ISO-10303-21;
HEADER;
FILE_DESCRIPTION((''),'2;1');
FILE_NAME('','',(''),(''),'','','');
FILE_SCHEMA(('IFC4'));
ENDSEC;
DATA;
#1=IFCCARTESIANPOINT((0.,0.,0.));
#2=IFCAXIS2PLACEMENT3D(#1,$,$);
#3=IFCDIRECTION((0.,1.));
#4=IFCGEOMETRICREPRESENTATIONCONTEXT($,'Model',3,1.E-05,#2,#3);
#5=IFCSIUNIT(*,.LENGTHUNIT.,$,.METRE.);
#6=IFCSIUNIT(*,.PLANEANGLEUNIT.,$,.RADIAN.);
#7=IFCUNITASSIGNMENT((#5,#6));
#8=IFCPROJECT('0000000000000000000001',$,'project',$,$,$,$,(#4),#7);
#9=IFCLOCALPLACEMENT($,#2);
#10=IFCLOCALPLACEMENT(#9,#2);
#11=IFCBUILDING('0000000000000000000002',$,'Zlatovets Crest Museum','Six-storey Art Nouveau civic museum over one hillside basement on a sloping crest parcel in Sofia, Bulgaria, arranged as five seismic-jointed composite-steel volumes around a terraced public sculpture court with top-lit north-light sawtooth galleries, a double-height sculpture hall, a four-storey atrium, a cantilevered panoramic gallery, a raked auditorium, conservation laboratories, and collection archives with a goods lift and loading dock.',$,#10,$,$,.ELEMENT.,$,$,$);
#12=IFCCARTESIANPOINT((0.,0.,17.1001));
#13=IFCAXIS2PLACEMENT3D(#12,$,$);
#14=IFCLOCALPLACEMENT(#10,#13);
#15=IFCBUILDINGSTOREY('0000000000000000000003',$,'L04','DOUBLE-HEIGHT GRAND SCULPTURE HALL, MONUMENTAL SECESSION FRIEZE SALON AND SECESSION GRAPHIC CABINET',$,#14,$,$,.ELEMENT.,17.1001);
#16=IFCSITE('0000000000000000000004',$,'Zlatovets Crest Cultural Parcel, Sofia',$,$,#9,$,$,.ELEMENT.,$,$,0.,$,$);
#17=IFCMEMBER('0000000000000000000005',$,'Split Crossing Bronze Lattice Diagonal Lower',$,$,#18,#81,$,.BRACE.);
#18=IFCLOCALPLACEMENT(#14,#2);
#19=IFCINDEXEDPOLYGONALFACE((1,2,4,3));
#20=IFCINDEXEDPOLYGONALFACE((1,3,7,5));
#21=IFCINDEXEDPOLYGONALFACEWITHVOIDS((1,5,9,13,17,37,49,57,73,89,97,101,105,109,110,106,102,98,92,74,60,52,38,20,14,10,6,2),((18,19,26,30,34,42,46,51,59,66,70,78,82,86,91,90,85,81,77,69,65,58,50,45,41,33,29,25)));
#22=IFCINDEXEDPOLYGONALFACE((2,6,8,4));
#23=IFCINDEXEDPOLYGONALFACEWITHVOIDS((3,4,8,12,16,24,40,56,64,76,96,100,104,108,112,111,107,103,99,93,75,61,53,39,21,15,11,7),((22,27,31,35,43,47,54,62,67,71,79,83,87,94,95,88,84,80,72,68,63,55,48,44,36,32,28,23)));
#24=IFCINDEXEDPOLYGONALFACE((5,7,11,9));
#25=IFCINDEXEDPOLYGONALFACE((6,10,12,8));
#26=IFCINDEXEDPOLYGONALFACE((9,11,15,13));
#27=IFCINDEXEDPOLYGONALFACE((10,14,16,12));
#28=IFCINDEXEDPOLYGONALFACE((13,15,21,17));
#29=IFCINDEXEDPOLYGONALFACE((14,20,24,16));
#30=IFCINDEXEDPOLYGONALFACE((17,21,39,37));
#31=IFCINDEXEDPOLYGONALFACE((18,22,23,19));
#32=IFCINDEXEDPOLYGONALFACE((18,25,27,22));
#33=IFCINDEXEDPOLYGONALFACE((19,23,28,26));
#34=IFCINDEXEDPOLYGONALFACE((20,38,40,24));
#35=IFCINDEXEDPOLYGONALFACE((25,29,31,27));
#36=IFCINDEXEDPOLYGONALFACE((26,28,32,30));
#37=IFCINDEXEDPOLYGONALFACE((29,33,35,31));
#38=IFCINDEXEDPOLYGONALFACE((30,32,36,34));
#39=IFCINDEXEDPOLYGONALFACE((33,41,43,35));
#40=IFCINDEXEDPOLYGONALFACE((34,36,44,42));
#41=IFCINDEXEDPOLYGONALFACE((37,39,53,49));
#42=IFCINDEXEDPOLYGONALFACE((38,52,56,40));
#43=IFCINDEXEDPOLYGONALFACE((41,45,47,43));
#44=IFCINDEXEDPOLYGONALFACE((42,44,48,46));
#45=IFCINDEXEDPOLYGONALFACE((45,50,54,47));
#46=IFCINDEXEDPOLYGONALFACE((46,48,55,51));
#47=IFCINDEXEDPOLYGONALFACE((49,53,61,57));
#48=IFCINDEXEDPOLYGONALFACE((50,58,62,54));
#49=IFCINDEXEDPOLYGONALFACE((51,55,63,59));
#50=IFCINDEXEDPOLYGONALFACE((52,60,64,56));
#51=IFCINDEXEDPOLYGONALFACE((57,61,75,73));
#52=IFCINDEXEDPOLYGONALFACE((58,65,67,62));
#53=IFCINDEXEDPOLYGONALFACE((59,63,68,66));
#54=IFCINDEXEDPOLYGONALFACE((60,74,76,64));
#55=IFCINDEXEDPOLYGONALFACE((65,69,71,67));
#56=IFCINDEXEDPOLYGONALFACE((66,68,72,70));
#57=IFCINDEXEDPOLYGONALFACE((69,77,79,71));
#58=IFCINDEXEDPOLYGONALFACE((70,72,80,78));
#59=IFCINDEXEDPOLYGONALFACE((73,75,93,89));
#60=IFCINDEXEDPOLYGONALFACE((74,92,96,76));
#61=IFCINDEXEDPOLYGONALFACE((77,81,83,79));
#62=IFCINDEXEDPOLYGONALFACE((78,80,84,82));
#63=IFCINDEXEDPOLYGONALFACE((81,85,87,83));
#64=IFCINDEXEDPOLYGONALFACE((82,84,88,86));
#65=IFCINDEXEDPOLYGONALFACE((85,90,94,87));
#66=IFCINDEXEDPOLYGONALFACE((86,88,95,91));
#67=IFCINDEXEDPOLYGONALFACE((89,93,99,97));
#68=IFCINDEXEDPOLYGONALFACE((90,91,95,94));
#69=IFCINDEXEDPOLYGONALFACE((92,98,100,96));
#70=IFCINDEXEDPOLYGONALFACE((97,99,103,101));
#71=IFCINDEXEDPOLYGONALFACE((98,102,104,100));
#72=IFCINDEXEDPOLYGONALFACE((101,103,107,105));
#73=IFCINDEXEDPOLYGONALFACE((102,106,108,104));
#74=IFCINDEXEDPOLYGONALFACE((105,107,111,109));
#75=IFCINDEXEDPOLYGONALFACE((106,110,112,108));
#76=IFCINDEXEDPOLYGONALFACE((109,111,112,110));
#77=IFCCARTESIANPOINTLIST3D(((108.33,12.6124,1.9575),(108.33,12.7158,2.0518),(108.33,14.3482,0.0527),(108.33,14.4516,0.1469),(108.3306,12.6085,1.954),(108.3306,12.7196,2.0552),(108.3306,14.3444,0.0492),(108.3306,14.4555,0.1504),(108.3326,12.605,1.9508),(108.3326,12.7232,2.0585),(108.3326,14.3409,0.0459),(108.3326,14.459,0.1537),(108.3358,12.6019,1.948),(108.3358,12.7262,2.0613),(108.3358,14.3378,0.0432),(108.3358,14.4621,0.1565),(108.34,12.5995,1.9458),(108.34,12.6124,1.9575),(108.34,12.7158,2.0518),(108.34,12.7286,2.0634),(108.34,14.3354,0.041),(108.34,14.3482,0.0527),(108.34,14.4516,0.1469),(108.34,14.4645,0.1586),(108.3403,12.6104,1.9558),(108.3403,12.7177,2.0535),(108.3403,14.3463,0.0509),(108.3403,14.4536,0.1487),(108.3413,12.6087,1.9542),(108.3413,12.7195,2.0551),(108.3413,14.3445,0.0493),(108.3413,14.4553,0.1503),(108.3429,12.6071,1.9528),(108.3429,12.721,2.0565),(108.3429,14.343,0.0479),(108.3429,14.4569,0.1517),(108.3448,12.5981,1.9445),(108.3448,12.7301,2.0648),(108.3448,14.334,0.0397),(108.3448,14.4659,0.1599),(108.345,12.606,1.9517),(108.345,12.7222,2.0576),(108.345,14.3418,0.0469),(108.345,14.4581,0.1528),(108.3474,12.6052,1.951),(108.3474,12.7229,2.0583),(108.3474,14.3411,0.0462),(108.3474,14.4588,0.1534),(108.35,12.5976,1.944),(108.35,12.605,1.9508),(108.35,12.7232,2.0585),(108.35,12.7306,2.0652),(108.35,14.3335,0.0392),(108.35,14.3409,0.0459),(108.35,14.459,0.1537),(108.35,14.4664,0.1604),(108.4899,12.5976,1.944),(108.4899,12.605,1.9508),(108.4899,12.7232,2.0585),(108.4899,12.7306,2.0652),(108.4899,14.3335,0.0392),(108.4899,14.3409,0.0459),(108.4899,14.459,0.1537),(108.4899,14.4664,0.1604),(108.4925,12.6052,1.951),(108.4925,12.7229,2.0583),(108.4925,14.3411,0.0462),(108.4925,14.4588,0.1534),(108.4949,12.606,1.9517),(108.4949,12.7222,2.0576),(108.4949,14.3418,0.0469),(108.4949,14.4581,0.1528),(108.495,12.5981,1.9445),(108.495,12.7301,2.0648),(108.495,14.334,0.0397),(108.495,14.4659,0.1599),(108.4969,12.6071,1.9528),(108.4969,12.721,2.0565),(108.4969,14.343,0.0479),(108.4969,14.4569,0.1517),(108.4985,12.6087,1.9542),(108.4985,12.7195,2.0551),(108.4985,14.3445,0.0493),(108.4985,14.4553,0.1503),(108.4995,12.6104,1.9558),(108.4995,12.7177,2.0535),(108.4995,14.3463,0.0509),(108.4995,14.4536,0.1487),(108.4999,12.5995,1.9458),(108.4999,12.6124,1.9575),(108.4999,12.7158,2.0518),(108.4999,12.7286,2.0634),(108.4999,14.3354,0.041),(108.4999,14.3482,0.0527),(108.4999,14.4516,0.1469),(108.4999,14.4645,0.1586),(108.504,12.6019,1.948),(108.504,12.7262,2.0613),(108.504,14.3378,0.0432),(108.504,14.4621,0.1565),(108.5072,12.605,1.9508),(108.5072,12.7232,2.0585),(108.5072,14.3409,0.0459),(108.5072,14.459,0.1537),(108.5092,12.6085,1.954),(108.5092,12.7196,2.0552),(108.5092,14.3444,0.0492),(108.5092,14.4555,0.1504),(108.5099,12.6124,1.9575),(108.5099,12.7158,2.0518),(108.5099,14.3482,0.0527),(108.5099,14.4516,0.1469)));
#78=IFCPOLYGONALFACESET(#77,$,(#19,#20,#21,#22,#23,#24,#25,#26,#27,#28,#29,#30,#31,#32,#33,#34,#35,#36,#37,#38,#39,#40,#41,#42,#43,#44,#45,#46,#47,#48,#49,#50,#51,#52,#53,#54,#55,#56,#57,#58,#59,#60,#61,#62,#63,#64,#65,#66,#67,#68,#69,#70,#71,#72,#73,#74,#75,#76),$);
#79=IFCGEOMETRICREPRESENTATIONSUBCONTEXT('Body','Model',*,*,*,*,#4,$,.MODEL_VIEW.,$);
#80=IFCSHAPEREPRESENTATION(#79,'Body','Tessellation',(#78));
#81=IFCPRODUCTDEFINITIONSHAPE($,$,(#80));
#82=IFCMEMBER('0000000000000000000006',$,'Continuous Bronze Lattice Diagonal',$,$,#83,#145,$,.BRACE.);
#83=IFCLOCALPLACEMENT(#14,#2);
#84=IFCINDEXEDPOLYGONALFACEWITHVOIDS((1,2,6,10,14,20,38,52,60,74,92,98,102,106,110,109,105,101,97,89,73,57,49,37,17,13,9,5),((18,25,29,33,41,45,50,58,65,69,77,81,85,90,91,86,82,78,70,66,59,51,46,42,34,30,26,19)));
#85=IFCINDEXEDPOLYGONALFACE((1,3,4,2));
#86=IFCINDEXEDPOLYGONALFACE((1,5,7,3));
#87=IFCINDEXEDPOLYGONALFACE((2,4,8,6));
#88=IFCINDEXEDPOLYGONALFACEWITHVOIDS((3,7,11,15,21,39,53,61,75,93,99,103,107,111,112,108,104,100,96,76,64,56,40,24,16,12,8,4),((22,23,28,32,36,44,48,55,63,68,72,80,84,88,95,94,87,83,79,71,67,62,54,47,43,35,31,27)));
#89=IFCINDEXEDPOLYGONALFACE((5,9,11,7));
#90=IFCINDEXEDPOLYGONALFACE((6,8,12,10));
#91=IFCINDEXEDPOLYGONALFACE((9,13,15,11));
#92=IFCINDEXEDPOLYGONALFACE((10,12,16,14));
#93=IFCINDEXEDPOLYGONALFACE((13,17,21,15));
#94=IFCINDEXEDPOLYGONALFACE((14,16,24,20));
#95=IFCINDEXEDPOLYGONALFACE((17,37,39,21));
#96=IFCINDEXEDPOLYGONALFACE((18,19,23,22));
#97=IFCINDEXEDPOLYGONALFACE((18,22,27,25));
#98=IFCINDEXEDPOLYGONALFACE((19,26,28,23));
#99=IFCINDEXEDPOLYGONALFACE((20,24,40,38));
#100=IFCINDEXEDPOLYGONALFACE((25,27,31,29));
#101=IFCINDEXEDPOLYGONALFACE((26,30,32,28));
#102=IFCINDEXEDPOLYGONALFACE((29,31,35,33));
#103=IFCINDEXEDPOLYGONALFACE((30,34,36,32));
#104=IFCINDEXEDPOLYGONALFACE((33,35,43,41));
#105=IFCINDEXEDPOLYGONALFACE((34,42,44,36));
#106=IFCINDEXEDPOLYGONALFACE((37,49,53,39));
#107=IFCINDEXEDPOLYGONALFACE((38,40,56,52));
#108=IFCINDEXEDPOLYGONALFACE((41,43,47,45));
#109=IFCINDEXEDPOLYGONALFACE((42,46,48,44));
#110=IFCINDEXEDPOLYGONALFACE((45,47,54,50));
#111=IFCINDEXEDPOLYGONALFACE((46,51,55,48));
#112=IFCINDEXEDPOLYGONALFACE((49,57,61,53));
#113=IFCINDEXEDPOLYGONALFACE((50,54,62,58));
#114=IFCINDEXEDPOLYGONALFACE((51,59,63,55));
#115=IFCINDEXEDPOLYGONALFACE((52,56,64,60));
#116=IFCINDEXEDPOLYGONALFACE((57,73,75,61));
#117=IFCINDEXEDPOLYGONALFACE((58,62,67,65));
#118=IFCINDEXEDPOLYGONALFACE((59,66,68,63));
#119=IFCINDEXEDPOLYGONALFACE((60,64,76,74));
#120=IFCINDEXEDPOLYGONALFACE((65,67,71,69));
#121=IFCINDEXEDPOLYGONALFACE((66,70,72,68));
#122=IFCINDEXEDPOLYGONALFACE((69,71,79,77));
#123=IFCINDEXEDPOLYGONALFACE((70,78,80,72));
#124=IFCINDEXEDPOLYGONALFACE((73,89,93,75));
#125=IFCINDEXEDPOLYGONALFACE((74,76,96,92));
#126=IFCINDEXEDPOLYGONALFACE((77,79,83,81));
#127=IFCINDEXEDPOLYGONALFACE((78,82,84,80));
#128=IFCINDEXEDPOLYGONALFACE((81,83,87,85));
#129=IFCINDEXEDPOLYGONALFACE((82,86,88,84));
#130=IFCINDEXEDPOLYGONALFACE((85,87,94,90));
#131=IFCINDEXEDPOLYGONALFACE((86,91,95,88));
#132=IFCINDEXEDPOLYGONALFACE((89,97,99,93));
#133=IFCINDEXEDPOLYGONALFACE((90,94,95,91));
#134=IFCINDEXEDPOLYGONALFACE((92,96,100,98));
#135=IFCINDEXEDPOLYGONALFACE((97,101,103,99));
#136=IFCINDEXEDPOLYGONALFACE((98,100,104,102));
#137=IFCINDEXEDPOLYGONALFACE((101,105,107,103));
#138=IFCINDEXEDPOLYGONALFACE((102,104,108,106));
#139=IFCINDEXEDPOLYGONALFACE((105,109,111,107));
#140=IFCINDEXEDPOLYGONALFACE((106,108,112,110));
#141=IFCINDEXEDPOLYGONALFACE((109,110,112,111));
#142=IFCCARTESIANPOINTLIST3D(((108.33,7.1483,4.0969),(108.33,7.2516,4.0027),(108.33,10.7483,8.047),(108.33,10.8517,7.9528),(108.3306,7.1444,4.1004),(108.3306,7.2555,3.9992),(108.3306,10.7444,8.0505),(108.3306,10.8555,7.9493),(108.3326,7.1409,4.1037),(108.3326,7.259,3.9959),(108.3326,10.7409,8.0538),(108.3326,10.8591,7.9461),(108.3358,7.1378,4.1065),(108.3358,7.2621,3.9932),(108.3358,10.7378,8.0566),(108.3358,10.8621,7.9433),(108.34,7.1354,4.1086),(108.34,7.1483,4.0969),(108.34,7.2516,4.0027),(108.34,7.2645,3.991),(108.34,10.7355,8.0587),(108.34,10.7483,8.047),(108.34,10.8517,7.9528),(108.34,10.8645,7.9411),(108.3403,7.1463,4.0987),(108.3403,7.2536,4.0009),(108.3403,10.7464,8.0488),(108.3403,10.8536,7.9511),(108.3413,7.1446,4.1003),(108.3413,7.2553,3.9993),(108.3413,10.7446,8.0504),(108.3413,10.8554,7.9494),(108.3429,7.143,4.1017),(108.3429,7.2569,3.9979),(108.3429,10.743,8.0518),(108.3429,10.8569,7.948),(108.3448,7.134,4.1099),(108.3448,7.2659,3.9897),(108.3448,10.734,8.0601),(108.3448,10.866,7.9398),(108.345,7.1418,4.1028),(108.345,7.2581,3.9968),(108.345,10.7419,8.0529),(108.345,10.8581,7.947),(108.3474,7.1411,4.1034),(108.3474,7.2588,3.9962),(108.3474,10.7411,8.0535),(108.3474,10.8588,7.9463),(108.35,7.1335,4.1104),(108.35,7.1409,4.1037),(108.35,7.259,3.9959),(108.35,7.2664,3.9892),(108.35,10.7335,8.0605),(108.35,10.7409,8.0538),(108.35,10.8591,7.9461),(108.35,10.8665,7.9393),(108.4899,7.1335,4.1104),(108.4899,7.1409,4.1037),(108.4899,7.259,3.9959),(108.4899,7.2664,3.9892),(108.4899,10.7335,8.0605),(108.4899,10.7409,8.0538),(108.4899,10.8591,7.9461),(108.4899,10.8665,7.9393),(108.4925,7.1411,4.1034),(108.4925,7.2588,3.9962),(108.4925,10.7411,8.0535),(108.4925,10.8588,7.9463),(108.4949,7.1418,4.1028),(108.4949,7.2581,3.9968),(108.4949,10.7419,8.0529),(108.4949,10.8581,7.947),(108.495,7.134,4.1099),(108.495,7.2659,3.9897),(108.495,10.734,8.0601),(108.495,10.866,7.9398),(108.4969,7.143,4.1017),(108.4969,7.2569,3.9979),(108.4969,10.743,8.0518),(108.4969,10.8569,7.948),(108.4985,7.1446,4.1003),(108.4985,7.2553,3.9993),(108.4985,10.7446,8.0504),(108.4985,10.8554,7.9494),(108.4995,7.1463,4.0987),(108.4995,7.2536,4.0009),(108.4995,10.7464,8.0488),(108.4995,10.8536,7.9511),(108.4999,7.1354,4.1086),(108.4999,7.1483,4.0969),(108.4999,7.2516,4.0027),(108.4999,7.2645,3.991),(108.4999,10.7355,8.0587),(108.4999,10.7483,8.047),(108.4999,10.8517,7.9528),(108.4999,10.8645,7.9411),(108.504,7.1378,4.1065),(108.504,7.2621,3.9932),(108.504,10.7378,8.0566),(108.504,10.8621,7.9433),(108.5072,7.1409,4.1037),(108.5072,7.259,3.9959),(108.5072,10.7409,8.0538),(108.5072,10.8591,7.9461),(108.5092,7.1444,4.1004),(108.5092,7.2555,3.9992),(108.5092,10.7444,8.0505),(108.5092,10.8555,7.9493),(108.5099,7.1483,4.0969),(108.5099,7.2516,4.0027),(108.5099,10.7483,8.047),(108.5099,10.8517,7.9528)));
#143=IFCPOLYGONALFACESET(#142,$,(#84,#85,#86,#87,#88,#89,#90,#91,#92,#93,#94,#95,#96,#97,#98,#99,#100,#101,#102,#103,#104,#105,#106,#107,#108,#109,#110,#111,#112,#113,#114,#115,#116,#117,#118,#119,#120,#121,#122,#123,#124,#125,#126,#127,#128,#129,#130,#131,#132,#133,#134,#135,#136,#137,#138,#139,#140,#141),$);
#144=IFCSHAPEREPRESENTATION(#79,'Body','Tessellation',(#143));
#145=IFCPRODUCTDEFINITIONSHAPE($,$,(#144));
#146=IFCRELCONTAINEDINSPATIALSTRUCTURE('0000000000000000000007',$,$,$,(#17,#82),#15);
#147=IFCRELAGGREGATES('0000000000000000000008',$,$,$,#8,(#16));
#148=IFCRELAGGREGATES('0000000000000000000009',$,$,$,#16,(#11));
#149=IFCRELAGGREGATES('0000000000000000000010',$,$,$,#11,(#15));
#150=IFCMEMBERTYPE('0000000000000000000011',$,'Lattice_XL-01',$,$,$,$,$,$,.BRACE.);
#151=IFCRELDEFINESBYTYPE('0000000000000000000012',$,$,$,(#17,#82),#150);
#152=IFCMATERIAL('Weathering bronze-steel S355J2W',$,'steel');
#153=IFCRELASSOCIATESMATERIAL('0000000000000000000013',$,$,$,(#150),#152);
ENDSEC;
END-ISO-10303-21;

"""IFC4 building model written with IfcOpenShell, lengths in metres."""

from ifc_helpers import new_model, si_unit, direction, frame, origin, origin_2d, place, context, subcontext, project, spatial, hollow_rectangle, extrude, material, material_profile, profile_set, type_object, element, save


model = new_model("IFC4")

# Units and contexts
model_context = context("Model", 3, precision=1e-05, world=origin(), true_north=direction((0.0, 1.0)))
body_context = subcontext(model_context, "Body", "Model", "MODEL_VIEW")
ifc_project = project(units=[si_unit("LENGTHUNIT", "METRE"), si_unit("PLANEANGLEUNIT", "RADIAN")], contexts=[model_context])

# Site, building, storey
site_placement = place(None, origin())
site = spatial("IfcSite", under=ifc_project, at=site_placement, Name="Zlatovets Crest Cultural Parcel, Sofia", CompositionType="ELEMENT", RefElevation=0.0)
building_placement = place(site_placement, origin())
building = spatial("IfcBuilding", under=site, at=building_placement, Name="Zlatovets Crest Museum", Description="Six-storey Art Nouveau civic museum over one hillside basement on a sloping crest parcel in Sofia, Bulgaria, arranged as five seismic-jointed composite-steel volumes around a terraced public sculpture court with top-lit north-light sawtooth galleries, a double-height sculpture hall, a four-storey atrium, a cantilevered panoramic gallery, a raked auditorium, conservation laboratories, and collection archives with a goods lift and loading dock.", CompositionType="ELEMENT")
storey_placement = place(building_placement, frame((0.0, 0.0, 17.1001)))
storey = spatial("IfcBuildingStorey", under=building, at=storey_placement, Name="L04", Description="DOUBLE-HEIGHT GRAND SCULPTURE HALL, MONUMENTAL SECESSION FRIEZE SALON AND SECESSION GRAPHIC CABINET", CompositionType="ELEMENT", Elevation=17.1001)

# Members
ifc_material_1 = material(Name="Weathering bronze-steel S355J2W", Category="steel")
ifc_material_profile_1 = material_profile(ifc_material_1, hollow_rectangle(XDim=0.1799, YDim=0.1799, WallThickness=0.01, InnerFilletRadius=0.01, OuterFilletRadius=0.02, at=origin_2d()), Name="SHS 180x180x10.0")
ifc_profile_set_1 = profile_set([ifc_material_profile_1], Name="Weathering bronze-steel S355J2W")
member_type_1 = type_object("IfcMemberType", Name="Lattice_XL-01", PredefinedType="BRACE", material=ifc_profile_set_1)
for number, where, z_axis, x_axis, name in (
    (1, (108.4199, 12.6641, 2.0046), (0.0, 0.673568, -0.739125), (-1.0, 0.0, 0.0), "Split Crossing Bronze Lattice Diagonal Lower"),
):
    element("IfcMember", number, at=place(storey_placement, frame(where, z_axis=z_axis, x_axis=x_axis)), inside=storey, type_object=member_type_1, Name=name, PredefinedType="BRACE", context=body_context, shape_type="SweptSolid", body=[
        extrude(hollow_rectangle(XDim=0.1799, YDim=0.1799, WallThickness=0.01, InnerFilletRadius=0.01, OuterFilletRadius=0.02, at=origin_2d()), origin(), (0.0, 0.0, 1.0), 2.5771),
    ])
member_1_placement = place(storey_placement, frame((108.4199, 7.2, 4.0498), z_axis=(0.0, 0.673595, 0.7391), x_axis=(-1.0, 0.0, 0.0)))
element("IfcMember", 2, at=member_1_placement, inside=storey, type_object=member_type_1, Name="Continuous Bronze Lattice Diagonal", PredefinedType="BRACE", context=body_context, shape_type="SweptSolid", body=[
    extrude(hollow_rectangle(XDim=0.1799, YDim=0.1799, WallThickness=0.01, InnerFilletRadius=0.01, OuterFilletRadius=0.02, at=origin_2d()), origin(), (0.0, 0.0, 1.0), 5.3445),
])

save(model, "model.ifc")
